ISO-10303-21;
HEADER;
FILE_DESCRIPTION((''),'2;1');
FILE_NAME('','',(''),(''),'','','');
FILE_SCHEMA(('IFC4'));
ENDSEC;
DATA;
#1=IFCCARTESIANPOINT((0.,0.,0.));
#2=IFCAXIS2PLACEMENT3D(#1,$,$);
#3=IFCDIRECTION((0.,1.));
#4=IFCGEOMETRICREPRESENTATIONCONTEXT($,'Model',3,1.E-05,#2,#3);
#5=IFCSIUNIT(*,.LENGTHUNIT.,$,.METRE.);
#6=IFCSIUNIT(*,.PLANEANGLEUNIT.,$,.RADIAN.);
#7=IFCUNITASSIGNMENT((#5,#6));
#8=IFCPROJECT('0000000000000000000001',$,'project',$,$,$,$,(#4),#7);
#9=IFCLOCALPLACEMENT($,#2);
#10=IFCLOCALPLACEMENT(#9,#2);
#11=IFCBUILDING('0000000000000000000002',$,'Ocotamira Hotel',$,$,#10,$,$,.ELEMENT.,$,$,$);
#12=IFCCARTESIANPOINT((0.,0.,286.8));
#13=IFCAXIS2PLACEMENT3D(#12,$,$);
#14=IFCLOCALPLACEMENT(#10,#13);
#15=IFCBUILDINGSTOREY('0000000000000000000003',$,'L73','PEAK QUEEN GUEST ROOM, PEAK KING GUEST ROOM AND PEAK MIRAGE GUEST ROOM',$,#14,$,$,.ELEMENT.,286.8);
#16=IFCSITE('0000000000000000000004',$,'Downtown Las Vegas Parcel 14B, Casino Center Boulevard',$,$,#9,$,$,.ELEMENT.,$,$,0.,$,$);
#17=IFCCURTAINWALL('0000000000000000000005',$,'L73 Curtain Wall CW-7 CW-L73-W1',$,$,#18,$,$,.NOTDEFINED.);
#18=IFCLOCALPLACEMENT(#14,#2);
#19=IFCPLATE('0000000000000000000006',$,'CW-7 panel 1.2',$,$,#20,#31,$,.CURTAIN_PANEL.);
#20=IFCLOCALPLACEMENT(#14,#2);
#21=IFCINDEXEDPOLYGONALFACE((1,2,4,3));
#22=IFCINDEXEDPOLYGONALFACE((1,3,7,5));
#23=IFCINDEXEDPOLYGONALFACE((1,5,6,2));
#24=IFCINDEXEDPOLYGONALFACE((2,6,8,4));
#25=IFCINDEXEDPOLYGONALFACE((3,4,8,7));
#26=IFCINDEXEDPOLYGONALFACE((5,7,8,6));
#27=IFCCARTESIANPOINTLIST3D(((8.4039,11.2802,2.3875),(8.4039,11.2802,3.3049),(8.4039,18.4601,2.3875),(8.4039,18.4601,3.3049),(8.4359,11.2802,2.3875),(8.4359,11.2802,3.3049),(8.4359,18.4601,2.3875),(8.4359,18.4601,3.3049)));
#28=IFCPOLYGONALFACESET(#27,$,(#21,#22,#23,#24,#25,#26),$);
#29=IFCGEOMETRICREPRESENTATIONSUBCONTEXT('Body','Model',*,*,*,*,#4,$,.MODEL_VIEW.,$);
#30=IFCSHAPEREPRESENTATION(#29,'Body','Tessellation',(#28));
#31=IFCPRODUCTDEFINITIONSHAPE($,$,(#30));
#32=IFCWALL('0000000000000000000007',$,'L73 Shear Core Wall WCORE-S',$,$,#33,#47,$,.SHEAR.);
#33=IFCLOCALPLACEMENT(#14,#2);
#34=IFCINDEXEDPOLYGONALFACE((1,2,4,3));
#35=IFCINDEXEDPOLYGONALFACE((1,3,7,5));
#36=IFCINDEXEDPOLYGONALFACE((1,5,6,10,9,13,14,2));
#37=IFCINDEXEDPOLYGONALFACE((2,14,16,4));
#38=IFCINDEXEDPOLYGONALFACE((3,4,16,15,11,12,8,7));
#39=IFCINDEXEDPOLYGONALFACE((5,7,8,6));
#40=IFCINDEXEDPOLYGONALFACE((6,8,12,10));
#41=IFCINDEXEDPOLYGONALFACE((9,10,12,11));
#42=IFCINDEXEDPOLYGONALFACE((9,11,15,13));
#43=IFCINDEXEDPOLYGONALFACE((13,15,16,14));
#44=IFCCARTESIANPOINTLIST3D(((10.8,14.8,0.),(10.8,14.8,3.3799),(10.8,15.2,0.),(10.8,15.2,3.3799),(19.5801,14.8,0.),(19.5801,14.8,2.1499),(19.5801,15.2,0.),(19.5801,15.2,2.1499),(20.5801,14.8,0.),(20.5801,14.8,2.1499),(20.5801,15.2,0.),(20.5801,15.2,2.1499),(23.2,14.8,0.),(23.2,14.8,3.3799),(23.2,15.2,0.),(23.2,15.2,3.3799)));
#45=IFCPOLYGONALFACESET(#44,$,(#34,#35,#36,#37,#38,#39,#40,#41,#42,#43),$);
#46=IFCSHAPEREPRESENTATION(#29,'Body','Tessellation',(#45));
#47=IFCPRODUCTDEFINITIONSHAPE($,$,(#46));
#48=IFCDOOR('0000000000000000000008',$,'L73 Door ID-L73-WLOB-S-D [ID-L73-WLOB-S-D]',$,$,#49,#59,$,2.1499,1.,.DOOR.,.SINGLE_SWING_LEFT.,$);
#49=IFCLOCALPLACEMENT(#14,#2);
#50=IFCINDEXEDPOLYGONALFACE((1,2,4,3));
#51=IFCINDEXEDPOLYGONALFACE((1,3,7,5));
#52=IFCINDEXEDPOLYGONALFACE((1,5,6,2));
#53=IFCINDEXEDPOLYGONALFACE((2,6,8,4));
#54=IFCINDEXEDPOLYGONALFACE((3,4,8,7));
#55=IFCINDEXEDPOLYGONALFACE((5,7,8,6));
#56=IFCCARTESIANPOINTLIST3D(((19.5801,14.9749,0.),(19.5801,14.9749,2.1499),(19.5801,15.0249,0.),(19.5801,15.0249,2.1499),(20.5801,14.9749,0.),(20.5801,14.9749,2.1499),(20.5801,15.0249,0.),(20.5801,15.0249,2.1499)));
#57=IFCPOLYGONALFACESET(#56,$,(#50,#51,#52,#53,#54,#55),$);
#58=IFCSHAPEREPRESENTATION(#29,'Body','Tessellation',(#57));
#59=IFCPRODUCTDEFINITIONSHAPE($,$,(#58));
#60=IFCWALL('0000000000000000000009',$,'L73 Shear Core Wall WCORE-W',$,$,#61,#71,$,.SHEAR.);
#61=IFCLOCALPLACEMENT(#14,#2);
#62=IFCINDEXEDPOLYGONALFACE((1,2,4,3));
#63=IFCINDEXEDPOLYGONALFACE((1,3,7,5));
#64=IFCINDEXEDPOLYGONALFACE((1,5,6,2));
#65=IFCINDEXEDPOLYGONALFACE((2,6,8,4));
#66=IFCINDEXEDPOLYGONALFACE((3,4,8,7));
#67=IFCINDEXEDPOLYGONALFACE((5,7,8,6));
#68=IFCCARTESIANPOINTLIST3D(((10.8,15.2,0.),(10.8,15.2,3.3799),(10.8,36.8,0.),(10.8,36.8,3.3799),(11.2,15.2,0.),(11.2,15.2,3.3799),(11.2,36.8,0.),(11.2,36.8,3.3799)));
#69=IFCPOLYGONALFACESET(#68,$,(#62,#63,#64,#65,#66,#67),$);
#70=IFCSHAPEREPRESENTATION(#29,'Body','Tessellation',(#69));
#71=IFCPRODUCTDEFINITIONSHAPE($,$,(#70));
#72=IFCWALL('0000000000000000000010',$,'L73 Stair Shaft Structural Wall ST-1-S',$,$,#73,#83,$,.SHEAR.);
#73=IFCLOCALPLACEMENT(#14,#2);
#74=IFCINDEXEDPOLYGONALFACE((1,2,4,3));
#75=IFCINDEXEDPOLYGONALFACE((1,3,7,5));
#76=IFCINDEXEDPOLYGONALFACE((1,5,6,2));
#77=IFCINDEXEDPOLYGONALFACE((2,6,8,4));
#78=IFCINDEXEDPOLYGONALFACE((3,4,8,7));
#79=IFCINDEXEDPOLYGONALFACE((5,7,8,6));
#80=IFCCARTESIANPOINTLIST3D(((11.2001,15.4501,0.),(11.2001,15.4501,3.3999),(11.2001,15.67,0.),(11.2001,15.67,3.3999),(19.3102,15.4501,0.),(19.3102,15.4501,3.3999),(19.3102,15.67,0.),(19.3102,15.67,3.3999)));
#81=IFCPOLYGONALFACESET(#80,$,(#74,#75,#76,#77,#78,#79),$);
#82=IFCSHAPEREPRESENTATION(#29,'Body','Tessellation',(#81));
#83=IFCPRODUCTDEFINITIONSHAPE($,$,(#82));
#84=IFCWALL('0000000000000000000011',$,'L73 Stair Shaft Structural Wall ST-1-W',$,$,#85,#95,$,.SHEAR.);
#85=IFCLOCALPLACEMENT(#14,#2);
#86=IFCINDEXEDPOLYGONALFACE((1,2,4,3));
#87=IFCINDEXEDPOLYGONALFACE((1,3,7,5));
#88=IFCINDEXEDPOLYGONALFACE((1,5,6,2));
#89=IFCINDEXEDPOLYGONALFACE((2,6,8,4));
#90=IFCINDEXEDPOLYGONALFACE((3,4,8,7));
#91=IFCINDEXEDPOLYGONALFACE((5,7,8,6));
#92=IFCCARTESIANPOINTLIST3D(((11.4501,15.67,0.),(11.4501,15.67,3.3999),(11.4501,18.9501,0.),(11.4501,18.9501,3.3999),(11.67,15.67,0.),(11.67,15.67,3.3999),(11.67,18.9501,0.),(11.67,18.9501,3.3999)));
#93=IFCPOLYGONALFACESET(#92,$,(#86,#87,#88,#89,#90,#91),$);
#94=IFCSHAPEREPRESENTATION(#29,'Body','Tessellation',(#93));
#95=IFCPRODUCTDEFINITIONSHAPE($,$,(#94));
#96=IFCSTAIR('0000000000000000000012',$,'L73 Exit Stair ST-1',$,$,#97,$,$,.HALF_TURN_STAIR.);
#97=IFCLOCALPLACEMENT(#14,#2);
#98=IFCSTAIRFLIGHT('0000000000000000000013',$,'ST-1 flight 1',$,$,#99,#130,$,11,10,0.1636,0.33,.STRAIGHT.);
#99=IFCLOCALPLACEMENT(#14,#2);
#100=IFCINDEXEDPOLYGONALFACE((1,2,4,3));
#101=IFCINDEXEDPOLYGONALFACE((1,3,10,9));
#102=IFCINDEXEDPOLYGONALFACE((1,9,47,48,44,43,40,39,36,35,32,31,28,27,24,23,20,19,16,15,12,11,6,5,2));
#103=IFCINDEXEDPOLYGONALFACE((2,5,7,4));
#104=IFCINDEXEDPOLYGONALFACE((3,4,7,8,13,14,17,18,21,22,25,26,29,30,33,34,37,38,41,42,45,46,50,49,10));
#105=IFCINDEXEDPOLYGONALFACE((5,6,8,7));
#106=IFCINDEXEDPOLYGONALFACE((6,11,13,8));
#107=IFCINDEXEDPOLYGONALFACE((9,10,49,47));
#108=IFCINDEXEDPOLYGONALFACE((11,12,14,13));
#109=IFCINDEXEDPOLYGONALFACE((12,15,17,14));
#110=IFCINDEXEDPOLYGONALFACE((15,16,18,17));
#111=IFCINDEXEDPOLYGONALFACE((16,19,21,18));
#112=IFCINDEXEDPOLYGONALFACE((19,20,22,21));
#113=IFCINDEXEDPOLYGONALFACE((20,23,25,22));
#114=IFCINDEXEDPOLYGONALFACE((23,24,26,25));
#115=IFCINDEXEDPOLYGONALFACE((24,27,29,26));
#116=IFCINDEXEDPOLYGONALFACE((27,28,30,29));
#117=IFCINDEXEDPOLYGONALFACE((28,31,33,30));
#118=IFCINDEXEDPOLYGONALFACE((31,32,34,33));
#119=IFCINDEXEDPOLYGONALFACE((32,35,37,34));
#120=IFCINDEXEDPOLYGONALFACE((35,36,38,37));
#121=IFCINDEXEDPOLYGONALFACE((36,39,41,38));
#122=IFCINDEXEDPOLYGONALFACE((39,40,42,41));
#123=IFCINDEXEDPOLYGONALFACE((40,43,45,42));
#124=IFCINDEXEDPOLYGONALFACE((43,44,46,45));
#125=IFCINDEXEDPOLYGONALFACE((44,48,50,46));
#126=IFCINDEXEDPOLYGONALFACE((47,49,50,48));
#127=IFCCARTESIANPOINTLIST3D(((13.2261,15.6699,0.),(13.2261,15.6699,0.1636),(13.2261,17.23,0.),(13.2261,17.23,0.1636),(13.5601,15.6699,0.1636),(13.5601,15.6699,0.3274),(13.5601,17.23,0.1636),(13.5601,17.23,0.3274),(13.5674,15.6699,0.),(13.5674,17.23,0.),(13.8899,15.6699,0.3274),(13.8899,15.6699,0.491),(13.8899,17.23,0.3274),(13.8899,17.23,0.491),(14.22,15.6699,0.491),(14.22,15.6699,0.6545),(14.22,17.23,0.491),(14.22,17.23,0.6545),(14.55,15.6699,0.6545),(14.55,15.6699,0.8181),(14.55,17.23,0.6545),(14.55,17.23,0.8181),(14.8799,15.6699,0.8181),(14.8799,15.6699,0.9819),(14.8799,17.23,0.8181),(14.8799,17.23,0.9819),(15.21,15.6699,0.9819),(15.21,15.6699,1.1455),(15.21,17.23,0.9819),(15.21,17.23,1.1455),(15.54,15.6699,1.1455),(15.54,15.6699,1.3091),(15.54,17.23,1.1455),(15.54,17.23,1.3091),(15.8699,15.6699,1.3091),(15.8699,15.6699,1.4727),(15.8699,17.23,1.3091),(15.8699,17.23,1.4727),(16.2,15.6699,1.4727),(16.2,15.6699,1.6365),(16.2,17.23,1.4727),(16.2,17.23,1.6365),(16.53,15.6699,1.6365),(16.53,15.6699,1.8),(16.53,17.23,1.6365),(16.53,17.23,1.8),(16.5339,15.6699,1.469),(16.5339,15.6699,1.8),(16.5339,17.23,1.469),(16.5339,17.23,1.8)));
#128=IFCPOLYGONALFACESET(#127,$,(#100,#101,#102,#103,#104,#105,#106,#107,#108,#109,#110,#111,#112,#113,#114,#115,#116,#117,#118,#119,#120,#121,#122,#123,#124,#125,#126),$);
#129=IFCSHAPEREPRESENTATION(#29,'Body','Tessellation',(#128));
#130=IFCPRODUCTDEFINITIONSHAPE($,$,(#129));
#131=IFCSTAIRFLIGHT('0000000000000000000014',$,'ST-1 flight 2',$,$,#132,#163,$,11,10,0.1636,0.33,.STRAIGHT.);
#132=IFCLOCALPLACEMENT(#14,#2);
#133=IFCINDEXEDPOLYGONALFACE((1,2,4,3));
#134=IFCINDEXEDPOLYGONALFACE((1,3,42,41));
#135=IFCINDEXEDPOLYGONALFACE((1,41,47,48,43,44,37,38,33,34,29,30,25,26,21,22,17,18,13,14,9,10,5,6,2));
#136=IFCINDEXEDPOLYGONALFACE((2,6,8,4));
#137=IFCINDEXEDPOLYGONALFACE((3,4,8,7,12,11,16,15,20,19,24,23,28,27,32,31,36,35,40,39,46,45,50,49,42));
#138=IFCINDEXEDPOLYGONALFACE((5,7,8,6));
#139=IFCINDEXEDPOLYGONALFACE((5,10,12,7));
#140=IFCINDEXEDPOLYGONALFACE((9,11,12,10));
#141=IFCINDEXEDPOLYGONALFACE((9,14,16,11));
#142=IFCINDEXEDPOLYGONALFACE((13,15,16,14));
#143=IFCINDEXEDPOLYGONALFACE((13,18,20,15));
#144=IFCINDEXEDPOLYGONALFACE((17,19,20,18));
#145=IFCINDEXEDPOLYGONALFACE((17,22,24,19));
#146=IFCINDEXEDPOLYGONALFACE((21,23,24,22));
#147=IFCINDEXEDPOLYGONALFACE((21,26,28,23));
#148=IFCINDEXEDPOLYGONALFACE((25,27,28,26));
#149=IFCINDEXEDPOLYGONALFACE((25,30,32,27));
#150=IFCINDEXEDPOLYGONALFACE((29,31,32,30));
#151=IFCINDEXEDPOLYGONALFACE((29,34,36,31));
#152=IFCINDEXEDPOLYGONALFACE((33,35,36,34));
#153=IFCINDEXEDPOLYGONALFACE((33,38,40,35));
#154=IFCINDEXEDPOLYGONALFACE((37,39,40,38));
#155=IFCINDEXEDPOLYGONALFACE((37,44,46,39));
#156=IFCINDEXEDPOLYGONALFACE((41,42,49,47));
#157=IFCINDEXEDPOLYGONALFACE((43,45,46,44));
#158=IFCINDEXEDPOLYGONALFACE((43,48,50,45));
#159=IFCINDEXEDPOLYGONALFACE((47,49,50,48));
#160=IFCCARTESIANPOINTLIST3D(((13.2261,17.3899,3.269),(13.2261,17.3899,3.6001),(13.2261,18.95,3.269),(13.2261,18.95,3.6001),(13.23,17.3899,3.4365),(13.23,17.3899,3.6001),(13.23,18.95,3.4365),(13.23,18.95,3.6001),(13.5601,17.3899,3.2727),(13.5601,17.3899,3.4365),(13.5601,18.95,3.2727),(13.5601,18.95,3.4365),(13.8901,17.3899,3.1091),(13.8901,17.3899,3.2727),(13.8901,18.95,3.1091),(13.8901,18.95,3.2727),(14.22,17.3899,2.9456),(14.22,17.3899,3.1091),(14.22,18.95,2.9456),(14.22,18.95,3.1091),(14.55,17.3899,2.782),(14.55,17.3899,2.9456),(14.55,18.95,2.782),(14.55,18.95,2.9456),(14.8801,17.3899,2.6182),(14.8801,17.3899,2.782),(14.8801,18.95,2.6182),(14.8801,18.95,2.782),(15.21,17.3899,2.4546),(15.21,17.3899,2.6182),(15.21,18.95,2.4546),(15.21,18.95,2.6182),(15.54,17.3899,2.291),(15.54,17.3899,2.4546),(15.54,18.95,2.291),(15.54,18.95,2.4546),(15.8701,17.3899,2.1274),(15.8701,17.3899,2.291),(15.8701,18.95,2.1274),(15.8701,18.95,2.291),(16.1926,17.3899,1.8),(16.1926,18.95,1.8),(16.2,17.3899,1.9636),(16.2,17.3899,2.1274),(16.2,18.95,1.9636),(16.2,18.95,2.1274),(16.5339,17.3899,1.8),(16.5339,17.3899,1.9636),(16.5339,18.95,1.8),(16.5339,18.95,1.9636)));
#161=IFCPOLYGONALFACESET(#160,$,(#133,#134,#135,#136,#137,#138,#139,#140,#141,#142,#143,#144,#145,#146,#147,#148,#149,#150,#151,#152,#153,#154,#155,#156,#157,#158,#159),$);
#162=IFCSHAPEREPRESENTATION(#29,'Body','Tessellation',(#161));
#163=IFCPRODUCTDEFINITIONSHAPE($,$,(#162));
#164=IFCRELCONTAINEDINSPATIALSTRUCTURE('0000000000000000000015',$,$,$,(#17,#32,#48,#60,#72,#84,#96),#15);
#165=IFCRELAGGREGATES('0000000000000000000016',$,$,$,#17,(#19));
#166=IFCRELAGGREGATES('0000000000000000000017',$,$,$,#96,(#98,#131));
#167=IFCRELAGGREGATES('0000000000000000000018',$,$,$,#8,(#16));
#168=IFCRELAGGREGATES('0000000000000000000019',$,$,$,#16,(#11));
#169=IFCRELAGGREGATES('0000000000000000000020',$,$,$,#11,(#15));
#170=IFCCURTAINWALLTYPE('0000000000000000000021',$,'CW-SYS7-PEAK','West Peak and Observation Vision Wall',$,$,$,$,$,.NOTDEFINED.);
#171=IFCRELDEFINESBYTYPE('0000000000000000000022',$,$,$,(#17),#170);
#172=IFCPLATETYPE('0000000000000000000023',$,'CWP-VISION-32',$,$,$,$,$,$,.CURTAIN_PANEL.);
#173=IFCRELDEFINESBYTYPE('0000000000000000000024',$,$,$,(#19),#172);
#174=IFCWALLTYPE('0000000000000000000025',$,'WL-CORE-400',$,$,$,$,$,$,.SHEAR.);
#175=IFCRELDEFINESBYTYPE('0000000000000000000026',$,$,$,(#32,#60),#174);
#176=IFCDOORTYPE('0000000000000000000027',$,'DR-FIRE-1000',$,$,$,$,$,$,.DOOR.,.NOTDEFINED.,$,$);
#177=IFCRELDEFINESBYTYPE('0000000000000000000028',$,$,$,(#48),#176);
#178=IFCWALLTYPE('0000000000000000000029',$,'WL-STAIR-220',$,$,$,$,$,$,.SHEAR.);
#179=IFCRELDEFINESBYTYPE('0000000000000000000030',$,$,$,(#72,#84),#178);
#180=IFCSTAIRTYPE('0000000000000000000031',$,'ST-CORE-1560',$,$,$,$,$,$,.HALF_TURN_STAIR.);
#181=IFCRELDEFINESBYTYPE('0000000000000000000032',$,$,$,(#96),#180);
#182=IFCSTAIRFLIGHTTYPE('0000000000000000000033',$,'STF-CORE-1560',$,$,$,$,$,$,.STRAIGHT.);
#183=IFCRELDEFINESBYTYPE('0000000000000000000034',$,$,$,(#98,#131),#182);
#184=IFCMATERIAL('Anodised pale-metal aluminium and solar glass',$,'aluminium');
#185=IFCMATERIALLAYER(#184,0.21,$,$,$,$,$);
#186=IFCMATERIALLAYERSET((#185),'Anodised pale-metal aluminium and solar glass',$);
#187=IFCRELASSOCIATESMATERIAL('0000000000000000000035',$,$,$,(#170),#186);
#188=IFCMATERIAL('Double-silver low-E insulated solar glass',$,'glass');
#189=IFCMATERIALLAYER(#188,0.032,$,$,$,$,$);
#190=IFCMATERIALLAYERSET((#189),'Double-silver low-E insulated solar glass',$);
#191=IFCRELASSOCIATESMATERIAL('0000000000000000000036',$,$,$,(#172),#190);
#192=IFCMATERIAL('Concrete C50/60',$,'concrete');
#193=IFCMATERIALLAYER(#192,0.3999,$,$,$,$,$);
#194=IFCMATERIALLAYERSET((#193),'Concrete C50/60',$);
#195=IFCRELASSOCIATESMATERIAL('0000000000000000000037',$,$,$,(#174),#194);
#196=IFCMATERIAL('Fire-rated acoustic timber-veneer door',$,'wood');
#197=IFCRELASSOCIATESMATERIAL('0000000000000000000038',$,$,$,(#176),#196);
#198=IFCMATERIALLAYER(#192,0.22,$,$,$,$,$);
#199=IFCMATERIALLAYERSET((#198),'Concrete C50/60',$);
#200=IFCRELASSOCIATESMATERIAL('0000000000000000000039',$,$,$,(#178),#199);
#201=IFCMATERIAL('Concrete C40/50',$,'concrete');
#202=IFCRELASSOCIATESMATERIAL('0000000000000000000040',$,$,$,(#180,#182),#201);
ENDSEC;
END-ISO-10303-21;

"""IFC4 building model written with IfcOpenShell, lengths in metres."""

from ifc_helpers import new_model, si_unit, direction, frame, frame_2d, origin, origin_2d, place, context, subcontext, project, spatial, polyline, rectangle, outline, extrude, source, transform, mapped, material, layer, layer_set, type_object, element, fill, aggregate, save


model = new_model("IFC4")

# Units and contexts
model_context = context("Model", 3, precision=1e-05, world=origin(), true_north=direction((0.0, 1.0)))
body_context = subcontext(model_context, "Body", "Model", "MODEL_VIEW")
ifc_project = project(units=[si_unit("LENGTHUNIT", "METRE"), si_unit("PLANEANGLEUNIT", "RADIAN")], contexts=[model_context])

# Site, building, storey
site_placement = place(None, origin())
site = spatial("IfcSite", under=ifc_project, at=site_placement, Name="Downtown Las Vegas Parcel 14B, Casino Center Boulevard", CompositionType="ELEMENT", RefElevation=0.0)
building_placement = place(site_placement, origin())
building = spatial("IfcBuilding", under=site, at=building_placement, Name="Ocotamira Hotel", CompositionType="ELEMENT")
storey_placement = place(building_placement, frame((0.0, 0.0, 286.8)))
storey = spatial("IfcBuildingStorey", under=building, at=storey_placement, Name="L73", Description="PEAK QUEEN GUEST ROOM, PEAK KING GUEST ROOM AND PEAK MIRAGE GUEST ROOM", CompositionType="ELEMENT", Elevation=286.8)

# Curtain wall, plate
ifc_material_1 = material(Name="Anodised pale-metal aluminium and solar glass", Category="aluminium")
ifc_layer_1 = layer(ifc_material_1, 0.21)
ifc_layer_set_1 = layer_set([ifc_layer_1], Name="Anodised pale-metal aluminium and solar glass")
curtain_wall_type = type_object("IfcCurtainWallType", Name="CW-SYS7-PEAK", Description="West Peak and Observation Vision Wall", PredefinedType="NOTDEFINED", material=ifc_layer_set_1)
curtain_wall_placement = place(storey_placement, origin())
curtain_wall = element("IfcCurtainWall", 1, at=curtain_wall_placement, inside=storey, type_object=curtain_wall_type, Name="L73 Curtain Wall CW-7 CW-L73-W1", PredefinedType="NOTDEFINED")
ifc_material_2 = material(Name="Double-silver low-E insulated solar glass", Category="glass")
ifc_layer_2 = layer(ifc_material_2, 0.032)
ifc_layer_set_2 = layer_set([ifc_layer_2], Name="Double-silver low-E insulated solar glass")
plate_type = type_object("IfcPlateType", Name="CWP-VISION-32", PredefinedType="CURTAIN_PANEL", material=ifc_layer_set_2)
shared_shape_1 = source(origin(), body_context, "Body", "SweptSolid", [
    extrude(rectangle(XDim=7.1799, YDim=0.032, at=origin_2d()), origin(), (0.0, 0.0, 1.0), 0.9175),
])
plate_1_placement = place(storey_placement, frame((8.4199, 14.8701, 2.3875), z_axis=(0.0, 0.0, 1.0), x_axis=(0.0, 1.0, 0.0)))
plate_1 = element("IfcPlate", 2, at=plate_1_placement, type_object=plate_type, Name="CW-7 panel 1.2", PredefinedType="CURTAIN_PANEL", context=body_context, shape_type="MappedRepresentation", body=[
    mapped(shared_shape_1, transform((0.0, 0.0, 0.0), scale=1.0)),
])
aggregate(curtain_wall, [plate_1])

# Wall, opening, door
ifc_material_3 = material(Name="Concrete C50/60", Category="concrete")
ifc_layer_3 = layer(ifc_material_3, 0.3999)
ifc_layer_set_3 = layer_set([ifc_layer_3], Name="Concrete C50/60")
wall_type_1 = type_object("IfcWallType", Name="WL-CORE-400", PredefinedType="SHEAR", material=ifc_layer_set_3)
wall_1_placement = place(storey_placement, frame((10.8, 15.0, 0.0), z_axis=(0.0, 0.0, 1.0), x_axis=(1.0, 0.0, 0.0)))
wall_1 = element("IfcWall", 3, at=wall_1_placement, inside=storey, type_object=wall_type_1, Name="L73 Shear Core Wall WCORE-S", PredefinedType="SHEAR", context=body_context, shape_type="SweptSolid", body=[
    extrude(rectangle(XDim=12.3999, YDim=0.3999, at=frame_2d((6.2, 0.0))), origin(), (0.0, 0.0, 1.0), 3.3799),
])
opening_1_placement = place(wall_1_placement, frame((8.78, 0.0, 0.0)))
opening_1 = element("IfcOpeningElement", 4, at=opening_1_placement, cuts=wall_1, PredefinedType="OPENING", context=body_context, shape_type="SweptSolid", body=[
    extrude(rectangle(XDim=1.0, YDim=2.1499, at=frame_2d((0.5, 1.075))), frame((0.0, 0.21, 0.0), z_axis=(0.0, -1.0, 0.0), x_axis=(1.0, 0.0, 0.0)), (0.0, 0.0, 1.0), 0.4199),
])
ifc_material_4 = material(Name="Fire-rated acoustic timber-veneer door", Category="wood")
door_type_1 = type_object("IfcDoorType", Name="DR-FIRE-1000", OperationType="NOTDEFINED", PredefinedType="DOOR", material=ifc_material_4)
shared_shape_2 = source(origin(), body_context, "Body", "SweptSolid", [
    extrude(rectangle(XDim=1.0, YDim=2.1499, at=frame_2d((0.5, 1.075))), frame((0.0, 0.0249, 0.0), z_axis=(0.0, -1.0, 0.0), x_axis=(1.0, 0.0, 0.0)), (0.0, 0.0, 1.0), 0.05),
])
door_1_placement = place(opening_1_placement, origin())
door_1 = element("IfcDoor", 5, at=door_1_placement, inside=storey, type_object=door_type_1, Name="L73 Door ID-L73-WLOB-S-D [ID-L73-WLOB-S-D]", OperationType="SINGLE_SWING_LEFT", OverallHeight=2.1499, OverallWidth=1.0, PredefinedType="DOOR", context=body_context, shape_type="MappedRepresentation", body=[
    mapped(shared_shape_2, transform((0.0, 0.0, 0.0), scale=1.0)),
])
fill(opening_1, door_1)

# Wall
wall_2_placement = place(storey_placement, frame((11.0, 15.2, 0.0), z_axis=(0.0, 0.0, 1.0), x_axis=(0.0, 1.0, 0.0)))
element("IfcWall", 6, at=wall_2_placement, inside=storey, type_object=wall_type_1, Name="L73 Shear Core Wall WCORE-W", PredefinedType="SHEAR", context=body_context, shape_type="SweptSolid", body=[
    extrude(rectangle(XDim=21.6001, YDim=0.3999, at=frame_2d((10.8, 0.0))), origin(), (0.0, 0.0, 1.0), 3.3799),
])

# Walls
ifc_layer_4 = layer(ifc_material_3, 0.22)
ifc_layer_set_4 = layer_set([ifc_layer_4], Name="Concrete C50/60")
wall_type_2 = type_object("IfcWallType", Name="WL-STAIR-220", PredefinedType="SHEAR", material=ifc_layer_set_4)
wall_3_placement = place(storey_placement, frame((11.2, 15.5601, 0.0), z_axis=(0.0, 0.0, 1.0), x_axis=(1.0, 0.0, 0.0)))
element("IfcWall", 7, at=wall_3_placement, inside=storey, type_object=wall_type_2, Name="L73 Stair Shaft Structural Wall ST-1-S", PredefinedType="SHEAR", context=body_context, shape_type="SweptSolid", body=[
    extrude(rectangle(XDim=8.1101, YDim=0.22, at=frame_2d((4.0552, 0.0))), origin(), (0.0, 0.0, 1.0), 3.3999),
])
wall_4_placement = place(storey_placement, frame((11.5601, 15.6699, 0.0), z_axis=(0.0, 0.0, 1.0), x_axis=(0.0, 1.0, 0.0)))
element("IfcWall", 8, at=wall_4_placement, inside=storey, type_object=wall_type_2, Name="L73 Stair Shaft Structural Wall ST-1-W", PredefinedType="SHEAR", context=body_context, shape_type="SweptSolid", body=[
    extrude(rectangle(XDim=3.28, YDim=0.22, at=frame_2d((1.6401, 0.0))), origin(), (0.0, 0.0, 1.0), 3.3999),
])

# Stair, stair flights
ifc_material_5 = material(Name="Concrete C40/50", Category="concrete")
stair_type = type_object("IfcStairType", Name="ST-CORE-1560", PredefinedType="HALF_TURN_STAIR", material=ifc_material_5)
stair_placement = place(storey_placement, origin())
stair = element("IfcStair", 9, at=stair_placement, inside=storey, type_object=stair_type, Name="L73 Exit Stair ST-1", PredefinedType="HALF_TURN_STAIR")
stair_flight_type = type_object("IfcStairFlightType", Name="STF-CORE-1560", PredefinedType="STRAIGHT", material=ifc_material_5)
shared_shape_3 = source(origin(), body_context, "Body", "SweptSolid", [
    extrude(outline(polyline([(-0.0039, 0.0), (-0.0039, 0.1636), (0.3301, 0.1636), (0.3301, 0.3274), (0.6599, 0.3274), (0.6599, 0.491), (0.99, 0.491), (0.99, 0.6545), (1.3201, 0.6545), (1.3201, 0.8181), (1.6499, 0.8181), (1.6499, 0.9819), (1.98, 0.9819), (1.98, 1.1455), (2.3101, 1.1455), (2.3101, 1.3091), (2.6399, 1.3091), (2.6399, 1.4727), (2.97, 1.4727), (2.97, 1.6365), (3.3, 1.6365), (3.3, 1.8), (3.304, 1.8), (3.304, 1.469), (0.3374, 0.0), (-0.0039, 0.0)])), frame((0.0, 0.78, 0.0), z_axis=(0.0, -1.0, 0.0), x_axis=(1.0, 0.0, 0.0)), (0.0, 0.0, 1.0), 1.5601),
])
stair_flight_1_placement = place(storey_placement, frame((13.23, 16.45, 0.0), z_axis=(0.0, 0.0, 1.0), x_axis=(1.0, 0.0, 0.0)))
stair_flight_1 = element("IfcStairFlight", 10, at=stair_flight_1_placement, type_object=stair_flight_type, Name="ST-1 flight 1", NumberOfRisers=11, NumberOfTreads=10, PredefinedType="STRAIGHT", RiserHeight=0.1636, TreadLength=0.33, context=body_context, shape_type="MappedRepresentation", body=[
    mapped(shared_shape_3, transform((0.0, 0.0, 0.0), scale=1.0)),
])
stair_flight_2_placement = place(storey_placement, frame((16.53, 18.1699, 1.8), z_axis=(0.0, 0.0, 1.0), x_axis=(-1.0, 0.0, 0.0)))
stair_flight_2 = element("IfcStairFlight", 11, at=stair_flight_2_placement, type_object=stair_flight_type, Name="ST-1 flight 2", NumberOfRisers=11, NumberOfTreads=10, PredefinedType="STRAIGHT", RiserHeight=0.1636, TreadLength=0.33, context=body_context, shape_type="MappedRepresentation", body=[
    mapped(shared_shape_3, transform((0.0, 0.0, 0.0), scale=1.0)),
])
aggregate(stair, [stair_flight_1, stair_flight_2])

save(model, "model.ifc")
